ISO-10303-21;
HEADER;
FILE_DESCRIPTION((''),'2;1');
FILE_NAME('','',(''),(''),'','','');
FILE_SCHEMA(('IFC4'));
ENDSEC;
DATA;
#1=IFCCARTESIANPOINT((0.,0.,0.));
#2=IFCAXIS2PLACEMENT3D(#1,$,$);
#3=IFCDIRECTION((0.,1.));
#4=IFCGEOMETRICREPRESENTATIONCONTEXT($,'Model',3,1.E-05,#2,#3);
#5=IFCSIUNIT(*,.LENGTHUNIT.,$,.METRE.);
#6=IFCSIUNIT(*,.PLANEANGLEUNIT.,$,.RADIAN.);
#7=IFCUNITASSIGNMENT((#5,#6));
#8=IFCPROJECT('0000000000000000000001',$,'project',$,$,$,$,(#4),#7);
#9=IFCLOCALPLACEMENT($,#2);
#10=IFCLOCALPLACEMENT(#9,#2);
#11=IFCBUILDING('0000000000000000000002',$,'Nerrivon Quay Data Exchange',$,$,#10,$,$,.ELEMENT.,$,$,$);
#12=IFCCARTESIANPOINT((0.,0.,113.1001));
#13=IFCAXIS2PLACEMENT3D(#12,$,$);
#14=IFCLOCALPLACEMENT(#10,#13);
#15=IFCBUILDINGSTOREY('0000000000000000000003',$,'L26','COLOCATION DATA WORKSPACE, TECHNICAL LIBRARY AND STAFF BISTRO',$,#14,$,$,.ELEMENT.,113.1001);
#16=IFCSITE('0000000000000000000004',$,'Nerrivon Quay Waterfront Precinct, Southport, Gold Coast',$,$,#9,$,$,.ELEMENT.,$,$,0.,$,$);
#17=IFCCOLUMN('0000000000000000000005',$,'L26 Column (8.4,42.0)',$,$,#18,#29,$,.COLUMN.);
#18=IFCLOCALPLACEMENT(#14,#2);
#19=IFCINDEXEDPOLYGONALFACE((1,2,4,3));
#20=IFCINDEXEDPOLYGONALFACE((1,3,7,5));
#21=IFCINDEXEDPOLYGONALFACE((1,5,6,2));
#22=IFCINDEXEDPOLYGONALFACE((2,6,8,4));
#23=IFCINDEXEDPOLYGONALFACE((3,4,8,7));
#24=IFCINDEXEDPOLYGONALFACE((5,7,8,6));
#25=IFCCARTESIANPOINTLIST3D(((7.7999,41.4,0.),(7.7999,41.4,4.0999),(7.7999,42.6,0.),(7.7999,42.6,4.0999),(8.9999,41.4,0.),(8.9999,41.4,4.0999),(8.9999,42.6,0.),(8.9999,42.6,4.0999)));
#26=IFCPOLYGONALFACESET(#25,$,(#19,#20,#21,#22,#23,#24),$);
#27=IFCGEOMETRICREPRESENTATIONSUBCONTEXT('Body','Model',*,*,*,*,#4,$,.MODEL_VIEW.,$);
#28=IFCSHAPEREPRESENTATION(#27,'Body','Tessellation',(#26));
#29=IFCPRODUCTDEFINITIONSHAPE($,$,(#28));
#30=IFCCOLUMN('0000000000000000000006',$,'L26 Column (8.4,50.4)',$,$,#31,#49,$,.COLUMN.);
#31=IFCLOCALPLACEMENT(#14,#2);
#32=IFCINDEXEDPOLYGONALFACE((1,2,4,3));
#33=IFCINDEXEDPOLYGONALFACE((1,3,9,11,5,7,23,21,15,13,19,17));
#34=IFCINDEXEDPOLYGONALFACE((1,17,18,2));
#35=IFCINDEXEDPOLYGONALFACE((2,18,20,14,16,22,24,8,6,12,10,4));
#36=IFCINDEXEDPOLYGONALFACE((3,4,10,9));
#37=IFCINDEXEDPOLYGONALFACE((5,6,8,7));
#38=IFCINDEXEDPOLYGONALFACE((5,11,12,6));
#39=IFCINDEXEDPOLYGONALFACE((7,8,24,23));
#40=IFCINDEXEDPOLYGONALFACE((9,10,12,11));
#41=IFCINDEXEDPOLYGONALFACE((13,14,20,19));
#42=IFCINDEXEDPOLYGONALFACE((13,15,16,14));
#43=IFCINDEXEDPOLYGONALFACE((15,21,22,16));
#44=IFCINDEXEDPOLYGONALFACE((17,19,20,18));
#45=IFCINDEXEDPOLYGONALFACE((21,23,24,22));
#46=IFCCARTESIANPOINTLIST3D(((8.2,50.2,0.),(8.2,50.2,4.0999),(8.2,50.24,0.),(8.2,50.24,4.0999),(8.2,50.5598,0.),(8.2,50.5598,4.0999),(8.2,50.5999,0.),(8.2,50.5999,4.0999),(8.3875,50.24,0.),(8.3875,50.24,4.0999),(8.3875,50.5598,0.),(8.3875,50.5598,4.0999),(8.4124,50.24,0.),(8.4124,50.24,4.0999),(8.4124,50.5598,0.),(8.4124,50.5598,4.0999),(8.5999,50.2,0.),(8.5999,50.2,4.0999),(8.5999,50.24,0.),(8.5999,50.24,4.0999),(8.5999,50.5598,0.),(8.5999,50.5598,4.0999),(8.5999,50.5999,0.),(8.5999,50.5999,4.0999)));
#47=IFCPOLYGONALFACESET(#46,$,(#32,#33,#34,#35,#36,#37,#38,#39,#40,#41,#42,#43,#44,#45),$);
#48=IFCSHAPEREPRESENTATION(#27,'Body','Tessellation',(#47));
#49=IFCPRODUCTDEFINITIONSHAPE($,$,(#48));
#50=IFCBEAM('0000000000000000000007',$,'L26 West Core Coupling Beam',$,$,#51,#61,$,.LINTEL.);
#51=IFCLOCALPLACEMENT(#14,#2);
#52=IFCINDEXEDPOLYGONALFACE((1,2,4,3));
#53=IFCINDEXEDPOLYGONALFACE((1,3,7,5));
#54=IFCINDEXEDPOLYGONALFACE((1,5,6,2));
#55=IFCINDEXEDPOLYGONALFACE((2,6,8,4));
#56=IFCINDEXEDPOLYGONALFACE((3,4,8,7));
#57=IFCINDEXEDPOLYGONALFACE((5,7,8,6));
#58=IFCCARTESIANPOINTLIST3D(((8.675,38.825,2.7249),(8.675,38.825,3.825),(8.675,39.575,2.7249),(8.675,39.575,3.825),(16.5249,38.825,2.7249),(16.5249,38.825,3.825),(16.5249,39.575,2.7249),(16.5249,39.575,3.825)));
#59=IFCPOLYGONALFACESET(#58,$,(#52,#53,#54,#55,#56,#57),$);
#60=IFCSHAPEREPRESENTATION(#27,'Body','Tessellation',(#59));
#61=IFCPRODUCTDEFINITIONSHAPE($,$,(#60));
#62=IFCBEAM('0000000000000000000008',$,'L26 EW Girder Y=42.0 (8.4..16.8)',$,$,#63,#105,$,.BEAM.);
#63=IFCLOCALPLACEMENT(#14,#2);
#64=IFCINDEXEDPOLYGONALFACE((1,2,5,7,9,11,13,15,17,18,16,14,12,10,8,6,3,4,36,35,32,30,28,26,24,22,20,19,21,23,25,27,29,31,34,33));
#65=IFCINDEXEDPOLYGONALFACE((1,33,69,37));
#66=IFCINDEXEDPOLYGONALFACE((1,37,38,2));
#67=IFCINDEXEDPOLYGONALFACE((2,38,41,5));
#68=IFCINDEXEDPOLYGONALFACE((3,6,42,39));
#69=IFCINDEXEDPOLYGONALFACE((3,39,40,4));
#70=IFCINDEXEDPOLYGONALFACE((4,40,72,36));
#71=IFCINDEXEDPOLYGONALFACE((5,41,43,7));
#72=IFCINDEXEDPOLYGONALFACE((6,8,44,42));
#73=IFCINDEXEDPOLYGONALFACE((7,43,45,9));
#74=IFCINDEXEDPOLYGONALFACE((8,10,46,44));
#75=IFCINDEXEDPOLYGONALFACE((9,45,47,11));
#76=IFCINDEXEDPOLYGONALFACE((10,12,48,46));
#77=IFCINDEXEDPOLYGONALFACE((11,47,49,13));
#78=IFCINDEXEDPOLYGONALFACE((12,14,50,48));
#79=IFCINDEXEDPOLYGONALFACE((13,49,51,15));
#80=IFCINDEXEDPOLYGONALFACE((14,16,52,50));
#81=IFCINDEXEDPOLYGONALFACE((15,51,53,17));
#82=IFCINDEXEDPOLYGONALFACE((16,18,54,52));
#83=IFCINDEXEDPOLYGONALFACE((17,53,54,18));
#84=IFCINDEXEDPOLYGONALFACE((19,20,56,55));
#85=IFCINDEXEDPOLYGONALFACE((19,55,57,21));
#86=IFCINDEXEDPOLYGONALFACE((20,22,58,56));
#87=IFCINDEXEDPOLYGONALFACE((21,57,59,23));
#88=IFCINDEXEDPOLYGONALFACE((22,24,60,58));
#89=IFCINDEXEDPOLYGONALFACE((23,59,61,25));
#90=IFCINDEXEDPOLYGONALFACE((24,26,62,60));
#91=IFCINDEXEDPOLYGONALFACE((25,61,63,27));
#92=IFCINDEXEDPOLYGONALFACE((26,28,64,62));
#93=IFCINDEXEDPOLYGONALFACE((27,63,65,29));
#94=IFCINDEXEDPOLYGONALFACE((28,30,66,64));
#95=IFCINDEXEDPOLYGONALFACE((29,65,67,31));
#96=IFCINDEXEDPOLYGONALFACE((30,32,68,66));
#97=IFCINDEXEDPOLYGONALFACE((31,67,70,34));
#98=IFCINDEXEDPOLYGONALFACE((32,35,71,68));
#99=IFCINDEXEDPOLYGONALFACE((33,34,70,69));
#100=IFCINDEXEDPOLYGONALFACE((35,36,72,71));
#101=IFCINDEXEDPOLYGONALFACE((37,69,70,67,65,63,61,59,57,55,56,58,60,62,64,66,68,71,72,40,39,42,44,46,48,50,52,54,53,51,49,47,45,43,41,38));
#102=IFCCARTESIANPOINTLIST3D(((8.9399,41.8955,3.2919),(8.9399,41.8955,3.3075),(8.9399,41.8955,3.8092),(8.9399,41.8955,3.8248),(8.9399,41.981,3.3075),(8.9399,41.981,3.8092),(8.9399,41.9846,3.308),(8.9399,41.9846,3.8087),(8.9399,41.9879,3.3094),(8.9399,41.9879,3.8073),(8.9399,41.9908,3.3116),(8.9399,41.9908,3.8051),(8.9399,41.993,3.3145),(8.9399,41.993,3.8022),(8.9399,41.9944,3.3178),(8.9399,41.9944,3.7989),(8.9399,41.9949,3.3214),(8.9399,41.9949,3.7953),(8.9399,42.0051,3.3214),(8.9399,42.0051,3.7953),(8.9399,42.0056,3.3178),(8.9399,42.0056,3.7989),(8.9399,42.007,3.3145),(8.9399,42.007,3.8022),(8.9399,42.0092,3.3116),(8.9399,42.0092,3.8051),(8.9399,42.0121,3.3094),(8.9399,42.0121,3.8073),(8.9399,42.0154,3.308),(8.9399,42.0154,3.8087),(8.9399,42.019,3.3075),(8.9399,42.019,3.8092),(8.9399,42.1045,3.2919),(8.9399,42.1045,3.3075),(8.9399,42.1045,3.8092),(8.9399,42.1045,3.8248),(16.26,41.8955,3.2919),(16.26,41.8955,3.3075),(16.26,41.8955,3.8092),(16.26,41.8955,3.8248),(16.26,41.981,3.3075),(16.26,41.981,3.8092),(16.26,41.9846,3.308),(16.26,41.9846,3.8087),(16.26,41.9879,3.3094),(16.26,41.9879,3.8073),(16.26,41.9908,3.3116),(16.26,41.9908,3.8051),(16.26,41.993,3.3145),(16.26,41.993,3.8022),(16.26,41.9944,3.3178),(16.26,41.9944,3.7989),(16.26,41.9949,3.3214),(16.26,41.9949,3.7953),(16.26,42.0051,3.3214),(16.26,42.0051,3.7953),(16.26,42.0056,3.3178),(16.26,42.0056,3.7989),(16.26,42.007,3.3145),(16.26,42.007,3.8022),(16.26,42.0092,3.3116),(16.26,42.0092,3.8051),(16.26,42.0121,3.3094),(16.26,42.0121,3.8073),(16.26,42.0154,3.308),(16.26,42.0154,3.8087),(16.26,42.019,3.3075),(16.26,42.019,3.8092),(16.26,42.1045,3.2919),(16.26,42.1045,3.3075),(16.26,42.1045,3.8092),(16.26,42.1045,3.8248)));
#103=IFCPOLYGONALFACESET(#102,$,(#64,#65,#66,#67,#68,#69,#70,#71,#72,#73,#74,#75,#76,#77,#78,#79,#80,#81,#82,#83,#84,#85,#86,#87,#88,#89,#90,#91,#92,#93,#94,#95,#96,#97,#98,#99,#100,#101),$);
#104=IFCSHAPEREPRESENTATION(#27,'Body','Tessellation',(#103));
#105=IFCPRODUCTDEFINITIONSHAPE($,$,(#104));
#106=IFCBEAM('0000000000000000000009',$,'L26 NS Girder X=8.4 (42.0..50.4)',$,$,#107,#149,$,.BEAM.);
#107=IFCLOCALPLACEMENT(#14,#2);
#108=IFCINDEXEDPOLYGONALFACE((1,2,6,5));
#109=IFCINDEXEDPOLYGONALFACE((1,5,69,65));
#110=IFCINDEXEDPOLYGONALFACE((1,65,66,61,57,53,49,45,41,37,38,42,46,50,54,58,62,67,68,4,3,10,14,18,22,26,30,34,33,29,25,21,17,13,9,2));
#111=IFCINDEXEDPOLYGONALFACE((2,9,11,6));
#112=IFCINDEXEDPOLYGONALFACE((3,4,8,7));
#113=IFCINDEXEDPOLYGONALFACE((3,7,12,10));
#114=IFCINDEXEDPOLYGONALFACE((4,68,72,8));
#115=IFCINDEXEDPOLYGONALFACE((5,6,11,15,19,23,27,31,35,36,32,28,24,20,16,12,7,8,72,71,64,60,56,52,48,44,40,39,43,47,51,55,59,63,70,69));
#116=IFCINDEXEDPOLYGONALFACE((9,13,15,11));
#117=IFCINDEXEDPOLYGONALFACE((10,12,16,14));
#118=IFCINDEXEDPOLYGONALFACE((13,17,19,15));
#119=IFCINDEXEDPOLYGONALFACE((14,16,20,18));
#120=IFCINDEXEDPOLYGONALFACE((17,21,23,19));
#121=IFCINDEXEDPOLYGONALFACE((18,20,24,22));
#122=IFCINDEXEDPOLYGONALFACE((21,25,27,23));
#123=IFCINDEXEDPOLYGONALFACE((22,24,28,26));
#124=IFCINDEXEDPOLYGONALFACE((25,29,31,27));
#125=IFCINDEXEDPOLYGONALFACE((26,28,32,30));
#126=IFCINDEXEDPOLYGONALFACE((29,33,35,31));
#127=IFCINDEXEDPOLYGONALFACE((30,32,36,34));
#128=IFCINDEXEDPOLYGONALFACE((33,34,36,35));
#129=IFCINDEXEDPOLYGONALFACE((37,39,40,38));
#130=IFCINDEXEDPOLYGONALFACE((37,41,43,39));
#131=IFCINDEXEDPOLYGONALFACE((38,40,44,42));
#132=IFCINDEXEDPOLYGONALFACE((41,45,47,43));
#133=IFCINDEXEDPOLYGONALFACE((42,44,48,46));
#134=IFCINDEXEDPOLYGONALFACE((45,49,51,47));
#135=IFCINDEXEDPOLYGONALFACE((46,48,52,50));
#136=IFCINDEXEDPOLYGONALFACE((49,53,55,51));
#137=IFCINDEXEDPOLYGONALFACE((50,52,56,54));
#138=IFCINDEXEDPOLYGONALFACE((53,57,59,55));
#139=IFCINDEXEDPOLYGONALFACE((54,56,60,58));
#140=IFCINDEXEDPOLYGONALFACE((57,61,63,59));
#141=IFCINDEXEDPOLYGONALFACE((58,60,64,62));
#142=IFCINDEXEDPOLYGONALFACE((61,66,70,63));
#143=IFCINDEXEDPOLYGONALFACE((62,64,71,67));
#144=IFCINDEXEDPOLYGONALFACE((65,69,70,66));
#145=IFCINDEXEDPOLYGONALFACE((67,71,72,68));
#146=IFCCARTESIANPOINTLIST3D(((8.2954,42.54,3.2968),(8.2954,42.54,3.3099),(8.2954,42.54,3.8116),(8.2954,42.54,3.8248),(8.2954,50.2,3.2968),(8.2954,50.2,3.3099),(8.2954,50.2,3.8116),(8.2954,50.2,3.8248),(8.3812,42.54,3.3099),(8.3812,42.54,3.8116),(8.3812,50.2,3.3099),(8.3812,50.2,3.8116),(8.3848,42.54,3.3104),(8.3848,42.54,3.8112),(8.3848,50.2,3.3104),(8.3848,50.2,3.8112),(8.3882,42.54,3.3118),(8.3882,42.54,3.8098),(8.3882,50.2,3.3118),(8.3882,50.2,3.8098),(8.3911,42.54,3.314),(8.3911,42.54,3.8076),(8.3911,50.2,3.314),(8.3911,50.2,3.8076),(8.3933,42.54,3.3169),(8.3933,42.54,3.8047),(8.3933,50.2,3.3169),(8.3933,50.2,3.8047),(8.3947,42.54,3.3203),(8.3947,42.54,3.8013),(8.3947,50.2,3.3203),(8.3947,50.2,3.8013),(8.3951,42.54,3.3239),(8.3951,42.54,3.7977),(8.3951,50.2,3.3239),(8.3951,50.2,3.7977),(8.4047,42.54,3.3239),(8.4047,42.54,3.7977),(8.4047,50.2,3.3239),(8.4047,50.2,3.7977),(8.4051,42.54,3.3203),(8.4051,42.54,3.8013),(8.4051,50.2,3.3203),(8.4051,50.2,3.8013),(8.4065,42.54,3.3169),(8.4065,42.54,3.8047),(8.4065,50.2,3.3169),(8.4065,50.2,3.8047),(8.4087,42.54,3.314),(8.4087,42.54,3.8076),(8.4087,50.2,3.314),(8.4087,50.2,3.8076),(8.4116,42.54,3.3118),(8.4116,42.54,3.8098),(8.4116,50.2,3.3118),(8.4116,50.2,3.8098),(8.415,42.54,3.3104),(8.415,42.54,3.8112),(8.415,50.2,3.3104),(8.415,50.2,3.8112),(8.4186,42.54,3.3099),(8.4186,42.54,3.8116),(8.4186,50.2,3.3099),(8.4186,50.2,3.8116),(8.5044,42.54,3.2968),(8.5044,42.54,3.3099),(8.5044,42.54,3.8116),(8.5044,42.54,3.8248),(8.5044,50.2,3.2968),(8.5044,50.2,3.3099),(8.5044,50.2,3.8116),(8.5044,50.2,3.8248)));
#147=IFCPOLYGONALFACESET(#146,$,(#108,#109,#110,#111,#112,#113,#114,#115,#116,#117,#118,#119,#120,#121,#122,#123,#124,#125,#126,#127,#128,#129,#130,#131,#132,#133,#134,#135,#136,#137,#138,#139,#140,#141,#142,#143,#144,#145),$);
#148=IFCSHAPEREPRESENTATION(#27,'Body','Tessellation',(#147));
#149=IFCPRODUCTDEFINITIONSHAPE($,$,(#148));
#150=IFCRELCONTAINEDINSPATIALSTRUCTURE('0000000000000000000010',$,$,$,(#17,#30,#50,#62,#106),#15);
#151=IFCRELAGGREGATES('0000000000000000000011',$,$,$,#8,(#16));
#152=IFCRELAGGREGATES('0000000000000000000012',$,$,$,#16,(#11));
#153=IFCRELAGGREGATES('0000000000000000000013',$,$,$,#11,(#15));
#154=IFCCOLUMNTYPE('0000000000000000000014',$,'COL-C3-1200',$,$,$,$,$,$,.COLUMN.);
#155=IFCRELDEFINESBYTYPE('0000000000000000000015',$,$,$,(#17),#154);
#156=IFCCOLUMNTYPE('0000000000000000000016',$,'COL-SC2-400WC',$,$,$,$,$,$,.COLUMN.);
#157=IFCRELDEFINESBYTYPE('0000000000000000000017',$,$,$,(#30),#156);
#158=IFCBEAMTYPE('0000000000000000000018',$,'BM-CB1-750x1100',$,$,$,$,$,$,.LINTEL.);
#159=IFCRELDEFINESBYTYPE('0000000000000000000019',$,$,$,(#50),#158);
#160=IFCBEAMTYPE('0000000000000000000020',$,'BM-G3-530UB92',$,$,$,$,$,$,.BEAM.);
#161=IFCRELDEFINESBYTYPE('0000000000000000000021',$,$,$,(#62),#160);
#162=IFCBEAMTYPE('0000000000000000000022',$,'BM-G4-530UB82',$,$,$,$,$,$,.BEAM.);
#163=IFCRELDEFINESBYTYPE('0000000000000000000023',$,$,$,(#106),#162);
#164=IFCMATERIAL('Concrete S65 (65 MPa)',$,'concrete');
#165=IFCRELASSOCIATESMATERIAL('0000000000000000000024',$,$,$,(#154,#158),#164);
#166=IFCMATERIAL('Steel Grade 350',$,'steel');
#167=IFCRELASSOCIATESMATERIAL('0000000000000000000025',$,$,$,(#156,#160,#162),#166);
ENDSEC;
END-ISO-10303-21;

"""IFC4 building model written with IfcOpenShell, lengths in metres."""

from ifc_helpers import new_model, si_unit, direction, frame, origin, origin_2d, place, context, subcontext, project, spatial, rectangle, i_section, extrude, material, material_profile, profile_set, type_object, element, save


model = new_model("IFC4")

# Units and contexts
model_context = context("Model", 3, precision=1e-05, world=origin(), true_north=direction((0.0, 1.0)))
body_context = subcontext(model_context, "Body", "Model", "MODEL_VIEW")
ifc_project = project(units=[si_unit("LENGTHUNIT", "METRE"), si_unit("PLANEANGLEUNIT", "RADIAN")], contexts=[model_context])

# Site, building, storey
site_placement = place(None, origin())
site = spatial("IfcSite", under=ifc_project, at=site_placement, Name="Nerrivon Quay Waterfront Precinct, Southport, Gold Coast", CompositionType="ELEMENT", RefElevation=0.0)
building_placement = place(site_placement, origin())
building = spatial("IfcBuilding", under=site, at=building_placement, Name="Nerrivon Quay Data Exchange", CompositionType="ELEMENT")
storey_placement = place(building_placement, frame((0.0, 0.0, 113.1001)))
storey = spatial("IfcBuildingStorey", under=building, at=storey_placement, Name="L26", Description="COLOCATION DATA WORKSPACE, TECHNICAL LIBRARY AND STAFF BISTRO", CompositionType="ELEMENT", Elevation=113.1001)

# Columns
ifc_material_1 = material(Name="Concrete S65 (65 MPa)", Category="concrete")
ifc_material_profile_1 = material_profile(ifc_material_1, rectangle(XDim=1.2, YDim=1.2, at=origin_2d()), Name="RC-COL-1200x1200")
ifc_profile_set_1 = profile_set([ifc_material_profile_1], Name="Concrete S65 (65 MPa)")
column_type_1 = type_object("IfcColumnType", Name="COL-C3-1200", PredefinedType="COLUMN", material=ifc_profile_set_1)
column_1_placement = place(storey_placement, frame((8.3999, 42.0, 0.0), z_axis=(0.0, 0.0, 1.0), x_axis=(1.0, 0.0, 0.0)))
element("IfcColumn", 1, at=column_1_placement, inside=storey, type_object=column_type_1, Name="L26 Column (8.4,42.0)", PredefinedType="COLUMN", context=body_context, shape_type="SweptSolid", body=[
    extrude(rectangle(XDim=1.2, YDim=1.2, at=origin_2d()), origin(), (0.0, 0.0, 1.0), 4.0999),
])
ifc_material_2 = material(Name="Steel Grade 350", Category="steel")
ifc_material_profile_2 = material_profile(ifc_material_2, i_section(OverallWidth=0.3999, OverallDepth=0.3999, WebThickness=0.0249, FlangeThickness=0.04, at=origin_2d()), Name="400WC328")
ifc_profile_set_2 = profile_set([ifc_material_profile_2], Name="Steel Grade 350")
column_type_2 = type_object("IfcColumnType", Name="COL-SC2-400WC", PredefinedType="COLUMN", material=ifc_profile_set_2)
column_2_placement = place(storey_placement, frame((8.3999, 50.3999, 0.0), z_axis=(0.0, 0.0, 1.0), x_axis=(1.0, 0.0, 0.0)))
element("IfcColumn", 2, at=column_2_placement, inside=storey, type_object=column_type_2, Name="L26 Column (8.4,50.4)", PredefinedType="COLUMN", context=body_context, shape_type="SweptSolid", body=[
    extrude(i_section(OverallWidth=0.3999, OverallDepth=0.3999, WebThickness=0.0249, FlangeThickness=0.04, at=origin_2d()), origin(), (0.0, 0.0, 1.0), 4.0999),
])

# Beams
ifc_material_profile_3 = material_profile(ifc_material_1, rectangle(XDim=0.75, YDim=1.1001, at=origin_2d()), Name="RC-CB-750x1100")
ifc_profile_set_3 = profile_set([ifc_material_profile_3], Name="Concrete S65 (65 MPa)")
beam_type_1 = type_object("IfcBeamType", Name="BM-CB1-750x1100", PredefinedType="LINTEL", material=ifc_profile_set_3)
beam_1_placement = place(storey_placement, frame((8.675, 39.2, 3.2749), z_axis=(1.0, 0.0, 0.0), x_axis=(0.0, 1.0, 0.0)))
element("IfcBeam", 3, at=beam_1_placement, inside=storey, type_object=beam_type_1, Name="L26 West Core Coupling Beam", PredefinedType="LINTEL", context=body_context, shape_type="SweptSolid", body=[
    extrude(rectangle(XDim=0.75, YDim=1.1001, at=origin_2d()), origin(), (0.0, 0.0, 1.0), 7.8499),
])
ifc_material_profile_4 = material_profile(ifc_material_2, i_section(OverallWidth=0.209, OverallDepth=0.533, WebThickness=0.0103, FlangeThickness=0.0156, FilletRadius=0.0139, at=origin_2d()), Name="530UB92.4")
ifc_profile_set_4 = profile_set([ifc_material_profile_4], Name="Steel Grade 350")
beam_type_2 = type_object("IfcBeamType", Name="BM-G3-530UB92", PredefinedType="BEAM", material=ifc_profile_set_4)
beam_2_placement = place(storey_placement, frame((8.9399, 42.0, 3.5583), z_axis=(1.0, 0.0, 0.0), x_axis=(0.0, 1.0, 0.0)))
element("IfcBeam", 4, at=beam_2_placement, inside=storey, type_object=beam_type_2, Name="L26 EW Girder Y=42.0 (8.4..16.8)", PredefinedType="BEAM", context=body_context, shape_type="SweptSolid", body=[
    extrude(i_section(OverallWidth=0.209, OverallDepth=0.533, WebThickness=0.0103, FlangeThickness=0.0156, FilletRadius=0.0139, at=origin_2d()), origin(), (0.0, 0.0, 1.0), 7.3201),
])
ifc_material_profile_5 = material_profile(ifc_material_2, i_section(OverallWidth=0.209, OverallDepth=0.5281, WebThickness=0.0095, FlangeThickness=0.0132, FilletRadius=0.0139, at=origin_2d()), Name="530UB82.0")
ifc_profile_set_5 = profile_set([ifc_material_profile_5], Name="Steel Grade 350")
beam_type_3 = type_object("IfcBeamType", Name="BM-G4-530UB82", PredefinedType="BEAM", material=ifc_profile_set_5)
beam_3_placement = place(storey_placement, frame((8.3999, 42.54, 3.5608), z_axis=(0.0, 1.0, 0.0), x_axis=(-1.0, 0.0, 0.0)))
element("IfcBeam", 5, at=beam_3_placement, inside=storey, type_object=beam_type_3, Name="L26 NS Girder X=8.4 (42.0..50.4)", PredefinedType="BEAM", context=body_context, shape_type="SweptSolid", body=[
    extrude(i_section(OverallWidth=0.209, OverallDepth=0.5281, WebThickness=0.0095, FlangeThickness=0.0132, FilletRadius=0.0139, at=origin_2d()), origin(), (0.0, 0.0, 1.0), 7.6599),
])

save(model, "model.ifc")
